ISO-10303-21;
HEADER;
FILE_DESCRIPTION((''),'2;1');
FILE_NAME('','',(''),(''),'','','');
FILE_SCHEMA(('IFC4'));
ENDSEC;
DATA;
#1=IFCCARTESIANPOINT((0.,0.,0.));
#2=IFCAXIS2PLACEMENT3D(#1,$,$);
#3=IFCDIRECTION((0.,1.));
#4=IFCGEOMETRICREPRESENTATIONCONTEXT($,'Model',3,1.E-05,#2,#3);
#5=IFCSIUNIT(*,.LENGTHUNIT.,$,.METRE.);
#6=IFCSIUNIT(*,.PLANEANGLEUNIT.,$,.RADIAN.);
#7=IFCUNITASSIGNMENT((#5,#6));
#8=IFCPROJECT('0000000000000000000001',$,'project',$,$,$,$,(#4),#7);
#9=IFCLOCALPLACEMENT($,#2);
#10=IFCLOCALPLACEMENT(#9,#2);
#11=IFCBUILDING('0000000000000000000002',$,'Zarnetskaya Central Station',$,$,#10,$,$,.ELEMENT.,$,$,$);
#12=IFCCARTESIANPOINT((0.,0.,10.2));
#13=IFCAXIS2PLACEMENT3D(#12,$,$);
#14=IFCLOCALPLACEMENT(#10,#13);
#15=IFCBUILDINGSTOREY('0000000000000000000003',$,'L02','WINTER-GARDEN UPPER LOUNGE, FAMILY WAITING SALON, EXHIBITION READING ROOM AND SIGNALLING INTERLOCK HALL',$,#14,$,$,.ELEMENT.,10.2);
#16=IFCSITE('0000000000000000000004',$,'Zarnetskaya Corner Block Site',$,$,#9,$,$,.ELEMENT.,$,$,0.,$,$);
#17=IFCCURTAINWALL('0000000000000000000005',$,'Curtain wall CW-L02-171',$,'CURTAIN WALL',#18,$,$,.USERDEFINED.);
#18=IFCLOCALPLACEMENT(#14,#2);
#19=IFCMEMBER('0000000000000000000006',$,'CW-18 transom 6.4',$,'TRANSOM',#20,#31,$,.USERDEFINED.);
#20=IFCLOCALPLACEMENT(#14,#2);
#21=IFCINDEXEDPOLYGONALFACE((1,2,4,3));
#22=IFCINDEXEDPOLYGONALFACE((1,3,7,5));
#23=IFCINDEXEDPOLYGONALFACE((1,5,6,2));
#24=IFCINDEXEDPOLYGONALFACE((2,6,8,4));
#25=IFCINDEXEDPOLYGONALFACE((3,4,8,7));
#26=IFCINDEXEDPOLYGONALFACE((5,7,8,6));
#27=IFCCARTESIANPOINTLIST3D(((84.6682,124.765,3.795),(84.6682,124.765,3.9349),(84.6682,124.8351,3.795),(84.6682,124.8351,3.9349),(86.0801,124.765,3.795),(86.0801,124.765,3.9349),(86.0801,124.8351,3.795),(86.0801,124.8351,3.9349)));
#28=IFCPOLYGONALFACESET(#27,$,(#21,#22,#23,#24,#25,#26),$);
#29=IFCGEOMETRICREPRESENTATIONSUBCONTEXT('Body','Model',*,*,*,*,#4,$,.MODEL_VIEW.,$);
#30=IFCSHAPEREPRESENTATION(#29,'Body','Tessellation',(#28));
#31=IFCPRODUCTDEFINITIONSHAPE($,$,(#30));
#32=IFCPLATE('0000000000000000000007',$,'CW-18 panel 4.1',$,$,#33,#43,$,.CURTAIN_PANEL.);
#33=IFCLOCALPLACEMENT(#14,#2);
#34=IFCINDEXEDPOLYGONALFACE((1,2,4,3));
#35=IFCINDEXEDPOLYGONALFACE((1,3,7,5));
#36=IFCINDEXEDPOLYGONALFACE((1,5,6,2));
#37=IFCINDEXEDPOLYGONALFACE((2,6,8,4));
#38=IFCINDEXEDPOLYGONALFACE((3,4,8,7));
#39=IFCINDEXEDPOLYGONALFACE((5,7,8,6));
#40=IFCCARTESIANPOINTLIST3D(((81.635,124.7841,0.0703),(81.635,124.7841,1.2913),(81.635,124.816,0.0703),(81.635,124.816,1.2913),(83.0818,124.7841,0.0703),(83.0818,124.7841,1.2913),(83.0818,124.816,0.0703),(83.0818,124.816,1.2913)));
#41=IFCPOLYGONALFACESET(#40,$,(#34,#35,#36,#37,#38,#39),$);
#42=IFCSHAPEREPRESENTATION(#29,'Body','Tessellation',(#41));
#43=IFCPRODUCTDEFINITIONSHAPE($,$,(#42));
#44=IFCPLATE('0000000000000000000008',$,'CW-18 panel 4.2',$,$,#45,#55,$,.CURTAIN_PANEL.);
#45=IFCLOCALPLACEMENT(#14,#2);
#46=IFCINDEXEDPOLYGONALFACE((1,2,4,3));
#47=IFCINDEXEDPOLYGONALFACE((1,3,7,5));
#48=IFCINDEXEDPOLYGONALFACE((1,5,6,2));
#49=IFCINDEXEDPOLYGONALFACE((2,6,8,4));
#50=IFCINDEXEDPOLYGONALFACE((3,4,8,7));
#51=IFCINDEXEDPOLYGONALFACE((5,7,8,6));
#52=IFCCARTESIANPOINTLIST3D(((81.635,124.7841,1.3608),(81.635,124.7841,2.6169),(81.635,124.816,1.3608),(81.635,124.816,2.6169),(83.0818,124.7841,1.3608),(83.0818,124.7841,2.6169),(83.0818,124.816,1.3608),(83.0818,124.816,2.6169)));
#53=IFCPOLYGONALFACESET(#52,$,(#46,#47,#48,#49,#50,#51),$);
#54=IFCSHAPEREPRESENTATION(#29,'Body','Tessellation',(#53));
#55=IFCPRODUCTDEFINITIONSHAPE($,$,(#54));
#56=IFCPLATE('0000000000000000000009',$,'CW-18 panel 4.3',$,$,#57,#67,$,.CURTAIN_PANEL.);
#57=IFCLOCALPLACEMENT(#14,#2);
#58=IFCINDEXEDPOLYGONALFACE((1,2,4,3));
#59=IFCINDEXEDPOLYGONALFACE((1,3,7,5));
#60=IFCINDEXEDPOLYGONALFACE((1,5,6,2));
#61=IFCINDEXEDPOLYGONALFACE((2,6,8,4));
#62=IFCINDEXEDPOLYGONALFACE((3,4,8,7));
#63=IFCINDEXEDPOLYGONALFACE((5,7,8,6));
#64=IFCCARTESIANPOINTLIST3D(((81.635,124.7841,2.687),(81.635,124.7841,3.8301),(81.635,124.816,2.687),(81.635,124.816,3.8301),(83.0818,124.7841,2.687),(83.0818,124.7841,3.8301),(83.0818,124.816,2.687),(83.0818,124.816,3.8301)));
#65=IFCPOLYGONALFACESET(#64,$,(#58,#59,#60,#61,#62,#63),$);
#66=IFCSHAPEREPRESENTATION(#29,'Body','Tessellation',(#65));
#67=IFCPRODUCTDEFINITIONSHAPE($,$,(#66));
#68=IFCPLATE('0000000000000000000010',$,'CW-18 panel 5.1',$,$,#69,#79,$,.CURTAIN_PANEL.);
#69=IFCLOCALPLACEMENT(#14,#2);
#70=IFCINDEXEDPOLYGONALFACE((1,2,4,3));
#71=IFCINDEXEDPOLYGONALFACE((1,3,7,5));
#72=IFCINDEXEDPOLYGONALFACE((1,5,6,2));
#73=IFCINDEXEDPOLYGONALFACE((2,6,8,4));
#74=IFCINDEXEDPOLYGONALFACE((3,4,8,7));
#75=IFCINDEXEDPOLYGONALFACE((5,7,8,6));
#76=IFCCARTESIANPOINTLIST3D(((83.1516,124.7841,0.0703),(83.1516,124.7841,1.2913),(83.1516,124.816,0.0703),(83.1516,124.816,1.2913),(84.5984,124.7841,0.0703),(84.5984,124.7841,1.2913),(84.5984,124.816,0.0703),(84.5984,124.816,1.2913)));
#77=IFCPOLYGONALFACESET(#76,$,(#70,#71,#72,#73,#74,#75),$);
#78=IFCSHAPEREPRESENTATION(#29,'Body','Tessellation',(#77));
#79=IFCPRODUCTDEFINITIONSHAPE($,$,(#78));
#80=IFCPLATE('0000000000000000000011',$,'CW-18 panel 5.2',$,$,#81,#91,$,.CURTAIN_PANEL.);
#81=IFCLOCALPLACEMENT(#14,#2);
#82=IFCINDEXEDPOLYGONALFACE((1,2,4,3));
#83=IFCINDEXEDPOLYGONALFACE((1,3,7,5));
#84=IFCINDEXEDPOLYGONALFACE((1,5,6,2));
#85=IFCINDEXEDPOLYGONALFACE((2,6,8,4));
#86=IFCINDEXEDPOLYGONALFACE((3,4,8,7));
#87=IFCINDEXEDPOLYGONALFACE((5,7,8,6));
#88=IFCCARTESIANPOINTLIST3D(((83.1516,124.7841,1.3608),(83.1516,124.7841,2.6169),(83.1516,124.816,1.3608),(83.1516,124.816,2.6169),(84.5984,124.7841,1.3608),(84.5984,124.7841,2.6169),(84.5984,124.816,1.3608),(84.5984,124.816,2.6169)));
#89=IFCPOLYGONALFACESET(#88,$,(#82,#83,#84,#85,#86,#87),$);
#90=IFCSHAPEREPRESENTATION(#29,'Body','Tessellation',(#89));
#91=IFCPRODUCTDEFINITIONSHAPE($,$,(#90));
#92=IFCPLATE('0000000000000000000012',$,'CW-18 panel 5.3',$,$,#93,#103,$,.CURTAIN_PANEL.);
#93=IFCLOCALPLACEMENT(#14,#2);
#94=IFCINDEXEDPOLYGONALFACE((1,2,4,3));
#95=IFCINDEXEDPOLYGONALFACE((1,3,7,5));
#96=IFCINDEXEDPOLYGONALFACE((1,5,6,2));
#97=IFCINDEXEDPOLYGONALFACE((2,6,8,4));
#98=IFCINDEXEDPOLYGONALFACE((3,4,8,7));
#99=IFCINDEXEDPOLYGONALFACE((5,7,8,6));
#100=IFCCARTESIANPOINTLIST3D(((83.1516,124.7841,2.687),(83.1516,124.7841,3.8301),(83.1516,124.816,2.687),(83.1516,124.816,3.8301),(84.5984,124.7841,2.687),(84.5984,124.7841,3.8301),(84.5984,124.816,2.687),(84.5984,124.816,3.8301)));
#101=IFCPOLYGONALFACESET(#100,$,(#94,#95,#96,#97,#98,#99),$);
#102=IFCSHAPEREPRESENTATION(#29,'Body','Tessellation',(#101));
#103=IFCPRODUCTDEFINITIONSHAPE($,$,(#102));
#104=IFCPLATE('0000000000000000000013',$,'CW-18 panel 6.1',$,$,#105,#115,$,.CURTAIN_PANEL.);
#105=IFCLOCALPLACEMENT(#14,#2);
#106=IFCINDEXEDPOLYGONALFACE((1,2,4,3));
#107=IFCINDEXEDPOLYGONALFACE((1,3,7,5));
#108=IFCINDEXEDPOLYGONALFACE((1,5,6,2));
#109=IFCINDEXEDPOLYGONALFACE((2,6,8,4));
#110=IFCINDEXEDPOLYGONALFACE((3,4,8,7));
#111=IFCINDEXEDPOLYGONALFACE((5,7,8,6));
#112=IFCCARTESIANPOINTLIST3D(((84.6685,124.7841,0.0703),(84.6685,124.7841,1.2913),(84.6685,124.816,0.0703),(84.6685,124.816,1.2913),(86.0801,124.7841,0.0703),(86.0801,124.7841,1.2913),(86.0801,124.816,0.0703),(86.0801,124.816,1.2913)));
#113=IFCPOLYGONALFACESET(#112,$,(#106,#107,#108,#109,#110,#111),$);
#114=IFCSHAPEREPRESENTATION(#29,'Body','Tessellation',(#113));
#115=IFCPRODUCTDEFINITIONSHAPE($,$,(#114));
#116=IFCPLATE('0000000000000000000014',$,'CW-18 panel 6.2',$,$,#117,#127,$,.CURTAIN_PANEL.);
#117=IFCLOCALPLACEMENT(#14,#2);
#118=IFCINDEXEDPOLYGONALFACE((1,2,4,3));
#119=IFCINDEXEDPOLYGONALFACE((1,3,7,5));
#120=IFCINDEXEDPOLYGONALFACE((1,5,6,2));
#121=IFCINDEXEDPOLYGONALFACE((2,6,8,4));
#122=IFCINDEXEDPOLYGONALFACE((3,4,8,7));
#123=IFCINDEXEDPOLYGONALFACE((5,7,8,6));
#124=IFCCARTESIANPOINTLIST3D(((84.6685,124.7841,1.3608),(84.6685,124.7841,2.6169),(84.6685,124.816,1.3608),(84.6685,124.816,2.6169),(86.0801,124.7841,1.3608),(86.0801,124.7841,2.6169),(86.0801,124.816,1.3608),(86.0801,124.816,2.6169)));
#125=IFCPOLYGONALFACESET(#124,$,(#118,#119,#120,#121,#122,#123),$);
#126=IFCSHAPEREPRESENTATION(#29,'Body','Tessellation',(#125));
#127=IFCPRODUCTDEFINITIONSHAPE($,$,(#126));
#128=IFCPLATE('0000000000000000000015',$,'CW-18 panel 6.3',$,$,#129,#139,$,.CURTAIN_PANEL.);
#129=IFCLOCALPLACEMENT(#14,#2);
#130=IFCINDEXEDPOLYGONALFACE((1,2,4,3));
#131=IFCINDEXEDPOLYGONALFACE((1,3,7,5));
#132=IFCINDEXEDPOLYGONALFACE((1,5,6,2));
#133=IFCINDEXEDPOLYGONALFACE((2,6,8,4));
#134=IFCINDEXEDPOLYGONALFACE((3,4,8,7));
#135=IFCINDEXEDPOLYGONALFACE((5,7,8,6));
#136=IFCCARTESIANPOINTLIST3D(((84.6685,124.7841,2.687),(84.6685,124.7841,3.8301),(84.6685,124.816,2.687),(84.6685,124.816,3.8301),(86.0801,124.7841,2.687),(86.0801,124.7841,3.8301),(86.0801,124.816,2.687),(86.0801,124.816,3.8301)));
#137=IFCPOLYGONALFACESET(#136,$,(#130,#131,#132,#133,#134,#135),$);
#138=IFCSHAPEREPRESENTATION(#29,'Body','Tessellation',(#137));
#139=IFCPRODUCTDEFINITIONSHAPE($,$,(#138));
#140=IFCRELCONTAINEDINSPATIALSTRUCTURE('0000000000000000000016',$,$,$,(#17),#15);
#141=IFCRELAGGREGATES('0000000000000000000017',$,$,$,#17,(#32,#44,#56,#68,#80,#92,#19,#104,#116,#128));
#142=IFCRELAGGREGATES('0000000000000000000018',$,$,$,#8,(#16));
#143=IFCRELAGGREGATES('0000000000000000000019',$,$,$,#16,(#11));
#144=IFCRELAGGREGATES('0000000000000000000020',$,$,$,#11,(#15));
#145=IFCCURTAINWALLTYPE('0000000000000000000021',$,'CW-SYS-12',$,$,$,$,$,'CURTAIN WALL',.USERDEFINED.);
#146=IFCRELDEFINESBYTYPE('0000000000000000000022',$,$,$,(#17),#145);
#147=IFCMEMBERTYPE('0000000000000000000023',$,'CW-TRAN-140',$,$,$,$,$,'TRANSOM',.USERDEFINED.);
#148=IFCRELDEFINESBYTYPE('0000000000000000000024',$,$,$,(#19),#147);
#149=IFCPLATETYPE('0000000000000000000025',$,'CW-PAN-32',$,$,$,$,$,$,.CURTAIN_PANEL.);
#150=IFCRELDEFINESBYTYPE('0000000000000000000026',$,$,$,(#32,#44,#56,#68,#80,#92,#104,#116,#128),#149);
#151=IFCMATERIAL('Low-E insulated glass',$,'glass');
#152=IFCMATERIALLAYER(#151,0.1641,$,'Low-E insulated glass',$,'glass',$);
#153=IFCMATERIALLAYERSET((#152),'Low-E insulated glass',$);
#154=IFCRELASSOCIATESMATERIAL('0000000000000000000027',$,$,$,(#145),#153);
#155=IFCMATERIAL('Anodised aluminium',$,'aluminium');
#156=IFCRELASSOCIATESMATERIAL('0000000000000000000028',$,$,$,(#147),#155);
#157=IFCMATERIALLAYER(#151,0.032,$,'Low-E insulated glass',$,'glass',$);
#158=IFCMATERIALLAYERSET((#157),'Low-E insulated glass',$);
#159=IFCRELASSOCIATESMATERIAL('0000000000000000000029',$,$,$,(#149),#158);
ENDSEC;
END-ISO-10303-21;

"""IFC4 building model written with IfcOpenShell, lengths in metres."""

from ifc_helpers import new_model, si_unit, direction, frame, origin, origin_2d, place, context, subcontext, project, spatial, rectangle, extrude, material, layer, layer_set, material_profile, profile_set, type_object, element, aggregate, save


model = new_model("IFC4")

# Units and contexts
model_context = context("Model", 3, precision=1e-05, world=origin(), true_north=direction((0.0, 1.0)))
body_context = subcontext(model_context, "Body", "Model", "MODEL_VIEW")
ifc_project = project(units=[si_unit("LENGTHUNIT", "METRE"), si_unit("PLANEANGLEUNIT", "RADIAN")], contexts=[model_context])

# Site, building, storey
site_placement = place(None, origin())
site = spatial("IfcSite", under=ifc_project, at=site_placement, Name="Zarnetskaya Corner Block Site", CompositionType="ELEMENT", RefElevation=0.0)
building_placement = place(site_placement, origin())
building = spatial("IfcBuilding", under=site, at=building_placement, Name="Zarnetskaya Central Station", CompositionType="ELEMENT")
storey_placement = place(building_placement, frame((0.0, 0.0, 10.2)))
storey = spatial("IfcBuildingStorey", under=building, at=storey_placement, Name="L02", Description="WINTER-GARDEN UPPER LOUNGE, FAMILY WAITING SALON, EXHIBITION READING ROOM AND SIGNALLING INTERLOCK HALL", CompositionType="ELEMENT", Elevation=10.2)

# Curtain wall, member, plates
ifc_material_1 = material(Name="Low-E insulated glass", Category="glass")
ifc_layer_1 = layer(ifc_material_1, 0.1641, Name="Low-E insulated glass", Category="glass")
ifc_layer_set_1 = layer_set([ifc_layer_1], Name="Low-E insulated glass")
curtain_wall_type = type_object("IfcCurtainWallType", Name="CW-SYS-12", ElementType="CURTAIN WALL", PredefinedType="USERDEFINED", material=ifc_layer_set_1)
curtain_wall_placement = place(storey_placement, origin())
curtain_wall = element("IfcCurtainWall", 1, at=curtain_wall_placement, inside=storey, type_object=curtain_wall_type, Name="Curtain wall CW-L02-171", ObjectType="CURTAIN WALL", PredefinedType="USERDEFINED")
ifc_material_2 = material(Name="Anodised aluminium", Category="aluminium")
ifc_material_profile_1 = material_profile(ifc_material_2, rectangle(XDim=0.0701, YDim=0.1399, at=origin_2d()), Name="ALU TRAN 70x140")
ifc_profile_set_1 = profile_set([ifc_material_profile_1], Name="Anodised aluminium")
member_type_1 = type_object("IfcMemberType", Name="CW-TRAN-140", ElementType="TRANSOM", PredefinedType="USERDEFINED", material=ifc_profile_set_1)
member_1_placement = place(storey_placement, frame((84.6682, 124.8, 3.865), z_axis=(1.0, 0.0, 0.0), x_axis=(0.0, 1.0, 0.0)))
member_1 = element("IfcMember", 2, at=member_1_placement, type_object=member_type_1, Name="CW-18 transom 6.4", ObjectType="TRANSOM", PredefinedType="USERDEFINED", context=body_context, shape_type="SweptSolid", body=[
    extrude(rectangle(XDim=0.0701, YDim=0.1399, at=origin_2d()), origin(), (0.0, 0.0, 1.0), 1.4119),
])
ifc_layer_2 = layer(ifc_material_1, 0.032, Name="Low-E insulated glass", Category="glass")
ifc_layer_set_2 = layer_set([ifc_layer_2], Name="Low-E insulated glass")
plate_type = type_object("IfcPlateType", Name="CW-PAN-32", PredefinedType="CURTAIN_PANEL", material=ifc_layer_set_2)
plate_1_placement = place(storey_placement, frame((82.3584, 124.8, 0.0703), z_axis=(0.0, 0.0, 1.0), x_axis=(1.0, 0.0, 0.0)))
plate_1 = element("IfcPlate", 3, at=plate_1_placement, type_object=plate_type, Name="CW-18 panel 4.1", PredefinedType="CURTAIN_PANEL", context=body_context, shape_type="SweptSolid", body=[
    extrude(rectangle(XDim=1.4468, YDim=0.032, at=origin_2d()), origin(), (0.0, 0.0, 1.0), 1.2209),
])
plate_2_placement = place(storey_placement, frame((82.3584, 124.8, 1.3608), z_axis=(0.0, 0.0, 1.0), x_axis=(1.0, 0.0, 0.0)))
plate_2 = element("IfcPlate", 4, at=plate_2_placement, type_object=plate_type, Name="CW-18 panel 4.2", PredefinedType="CURTAIN_PANEL", context=body_context, shape_type="SweptSolid", body=[
    extrude(rectangle(XDim=1.4468, YDim=0.032, at=origin_2d()), origin(), (0.0, 0.0, 1.0), 1.2561),
])
plate_3_placement = place(storey_placement, frame((82.3584, 124.8, 2.687), z_axis=(0.0, 0.0, 1.0), x_axis=(1.0, 0.0, 0.0)))
plate_3 = element("IfcPlate", 5, at=plate_3_placement, type_object=plate_type, Name="CW-18 panel 4.3", PredefinedType="CURTAIN_PANEL", context=body_context, shape_type="SweptSolid", body=[
    extrude(rectangle(XDim=1.4468, YDim=0.032, at=origin_2d()), origin(), (0.0, 0.0, 1.0), 1.1431),
])
plate_4_placement = place(storey_placement, frame((83.875, 124.8, 0.0703), z_axis=(0.0, 0.0, 1.0), x_axis=(1.0, 0.0, 0.0)))
plate_4 = element("IfcPlate", 6, at=plate_4_placement, type_object=plate_type, Name="CW-18 panel 5.1", PredefinedType="CURTAIN_PANEL", context=body_context, shape_type="SweptSolid", body=[
    extrude(rectangle(XDim=1.4468, YDim=0.032, at=origin_2d()), origin(), (0.0, 0.0, 1.0), 1.2209),
])
plate_5_placement = place(storey_placement, frame((83.875, 124.8, 1.3608), z_axis=(0.0, 0.0, 1.0), x_axis=(1.0, 0.0, 0.0)))
plate_5 = element("IfcPlate", 7, at=plate_5_placement, type_object=plate_type, Name="CW-18 panel 5.2", PredefinedType="CURTAIN_PANEL", context=body_context, shape_type="SweptSolid", body=[
    extrude(rectangle(XDim=1.4468, YDim=0.032, at=origin_2d()), origin(), (0.0, 0.0, 1.0), 1.2561),
])
plate_6_placement = place(storey_placement, frame((83.875, 124.8, 2.687), z_axis=(0.0, 0.0, 1.0), x_axis=(1.0, 0.0, 0.0)))
plate_6 = element("IfcPlate", 8, at=plate_6_placement, type_object=plate_type, Name="CW-18 panel 5.3", PredefinedType="CURTAIN_PANEL", context=body_context, shape_type="SweptSolid", body=[
    extrude(rectangle(XDim=1.4468, YDim=0.032, at=origin_2d()), origin(), (0.0, 0.0, 1.0), 1.1431),
])
plate_7_placement = place(storey_placement, frame((85.3743, 124.8, 0.0703), z_axis=(0.0, 0.0, 1.0), x_axis=(1.0, 0.0, 0.0)))
plate_7 = element("IfcPlate", 9, at=plate_7_placement, type_object=plate_type, Name="CW-18 panel 6.1", PredefinedType="CURTAIN_PANEL", context=body_context, shape_type="SweptSolid", body=[
    extrude(rectangle(XDim=1.4116, YDim=0.032, at=origin_2d()), origin(), (0.0, 0.0, 1.0), 1.2209),
])
plate_8_placement = place(storey_placement, frame((85.3743, 124.8, 1.3608), z_axis=(0.0, 0.0, 1.0), x_axis=(1.0, 0.0, 0.0)))
plate_8 = element("IfcPlate", 10, at=plate_8_placement, type_object=plate_type, Name="CW-18 panel 6.2", PredefinedType="CURTAIN_PANEL", context=body_context, shape_type="SweptSolid", body=[
    extrude(rectangle(XDim=1.4116, YDim=0.032, at=origin_2d()), origin(), (0.0, 0.0, 1.0), 1.2561),
])
plate_9_placement = place(storey_placement, frame((85.3743, 124.8, 2.687), z_axis=(0.0, 0.0, 1.0), x_axis=(1.0, 0.0, 0.0)))
plate_9 = element("IfcPlate", 11, at=plate_9_placement, type_object=plate_type, Name="CW-18 panel 6.3", PredefinedType="CURTAIN_PANEL", context=body_context, shape_type="SweptSolid", body=[
    extrude(rectangle(XDim=1.4116, YDim=0.032, at=origin_2d()), origin(), (0.0, 0.0, 1.0), 1.1431),
])
aggregate(curtain_wall, [plate_1, plate_2, plate_3, plate_4, plate_5, plate_6, member_1, plate_7, plate_8, plate_9])

save(model, "model.ifc")
